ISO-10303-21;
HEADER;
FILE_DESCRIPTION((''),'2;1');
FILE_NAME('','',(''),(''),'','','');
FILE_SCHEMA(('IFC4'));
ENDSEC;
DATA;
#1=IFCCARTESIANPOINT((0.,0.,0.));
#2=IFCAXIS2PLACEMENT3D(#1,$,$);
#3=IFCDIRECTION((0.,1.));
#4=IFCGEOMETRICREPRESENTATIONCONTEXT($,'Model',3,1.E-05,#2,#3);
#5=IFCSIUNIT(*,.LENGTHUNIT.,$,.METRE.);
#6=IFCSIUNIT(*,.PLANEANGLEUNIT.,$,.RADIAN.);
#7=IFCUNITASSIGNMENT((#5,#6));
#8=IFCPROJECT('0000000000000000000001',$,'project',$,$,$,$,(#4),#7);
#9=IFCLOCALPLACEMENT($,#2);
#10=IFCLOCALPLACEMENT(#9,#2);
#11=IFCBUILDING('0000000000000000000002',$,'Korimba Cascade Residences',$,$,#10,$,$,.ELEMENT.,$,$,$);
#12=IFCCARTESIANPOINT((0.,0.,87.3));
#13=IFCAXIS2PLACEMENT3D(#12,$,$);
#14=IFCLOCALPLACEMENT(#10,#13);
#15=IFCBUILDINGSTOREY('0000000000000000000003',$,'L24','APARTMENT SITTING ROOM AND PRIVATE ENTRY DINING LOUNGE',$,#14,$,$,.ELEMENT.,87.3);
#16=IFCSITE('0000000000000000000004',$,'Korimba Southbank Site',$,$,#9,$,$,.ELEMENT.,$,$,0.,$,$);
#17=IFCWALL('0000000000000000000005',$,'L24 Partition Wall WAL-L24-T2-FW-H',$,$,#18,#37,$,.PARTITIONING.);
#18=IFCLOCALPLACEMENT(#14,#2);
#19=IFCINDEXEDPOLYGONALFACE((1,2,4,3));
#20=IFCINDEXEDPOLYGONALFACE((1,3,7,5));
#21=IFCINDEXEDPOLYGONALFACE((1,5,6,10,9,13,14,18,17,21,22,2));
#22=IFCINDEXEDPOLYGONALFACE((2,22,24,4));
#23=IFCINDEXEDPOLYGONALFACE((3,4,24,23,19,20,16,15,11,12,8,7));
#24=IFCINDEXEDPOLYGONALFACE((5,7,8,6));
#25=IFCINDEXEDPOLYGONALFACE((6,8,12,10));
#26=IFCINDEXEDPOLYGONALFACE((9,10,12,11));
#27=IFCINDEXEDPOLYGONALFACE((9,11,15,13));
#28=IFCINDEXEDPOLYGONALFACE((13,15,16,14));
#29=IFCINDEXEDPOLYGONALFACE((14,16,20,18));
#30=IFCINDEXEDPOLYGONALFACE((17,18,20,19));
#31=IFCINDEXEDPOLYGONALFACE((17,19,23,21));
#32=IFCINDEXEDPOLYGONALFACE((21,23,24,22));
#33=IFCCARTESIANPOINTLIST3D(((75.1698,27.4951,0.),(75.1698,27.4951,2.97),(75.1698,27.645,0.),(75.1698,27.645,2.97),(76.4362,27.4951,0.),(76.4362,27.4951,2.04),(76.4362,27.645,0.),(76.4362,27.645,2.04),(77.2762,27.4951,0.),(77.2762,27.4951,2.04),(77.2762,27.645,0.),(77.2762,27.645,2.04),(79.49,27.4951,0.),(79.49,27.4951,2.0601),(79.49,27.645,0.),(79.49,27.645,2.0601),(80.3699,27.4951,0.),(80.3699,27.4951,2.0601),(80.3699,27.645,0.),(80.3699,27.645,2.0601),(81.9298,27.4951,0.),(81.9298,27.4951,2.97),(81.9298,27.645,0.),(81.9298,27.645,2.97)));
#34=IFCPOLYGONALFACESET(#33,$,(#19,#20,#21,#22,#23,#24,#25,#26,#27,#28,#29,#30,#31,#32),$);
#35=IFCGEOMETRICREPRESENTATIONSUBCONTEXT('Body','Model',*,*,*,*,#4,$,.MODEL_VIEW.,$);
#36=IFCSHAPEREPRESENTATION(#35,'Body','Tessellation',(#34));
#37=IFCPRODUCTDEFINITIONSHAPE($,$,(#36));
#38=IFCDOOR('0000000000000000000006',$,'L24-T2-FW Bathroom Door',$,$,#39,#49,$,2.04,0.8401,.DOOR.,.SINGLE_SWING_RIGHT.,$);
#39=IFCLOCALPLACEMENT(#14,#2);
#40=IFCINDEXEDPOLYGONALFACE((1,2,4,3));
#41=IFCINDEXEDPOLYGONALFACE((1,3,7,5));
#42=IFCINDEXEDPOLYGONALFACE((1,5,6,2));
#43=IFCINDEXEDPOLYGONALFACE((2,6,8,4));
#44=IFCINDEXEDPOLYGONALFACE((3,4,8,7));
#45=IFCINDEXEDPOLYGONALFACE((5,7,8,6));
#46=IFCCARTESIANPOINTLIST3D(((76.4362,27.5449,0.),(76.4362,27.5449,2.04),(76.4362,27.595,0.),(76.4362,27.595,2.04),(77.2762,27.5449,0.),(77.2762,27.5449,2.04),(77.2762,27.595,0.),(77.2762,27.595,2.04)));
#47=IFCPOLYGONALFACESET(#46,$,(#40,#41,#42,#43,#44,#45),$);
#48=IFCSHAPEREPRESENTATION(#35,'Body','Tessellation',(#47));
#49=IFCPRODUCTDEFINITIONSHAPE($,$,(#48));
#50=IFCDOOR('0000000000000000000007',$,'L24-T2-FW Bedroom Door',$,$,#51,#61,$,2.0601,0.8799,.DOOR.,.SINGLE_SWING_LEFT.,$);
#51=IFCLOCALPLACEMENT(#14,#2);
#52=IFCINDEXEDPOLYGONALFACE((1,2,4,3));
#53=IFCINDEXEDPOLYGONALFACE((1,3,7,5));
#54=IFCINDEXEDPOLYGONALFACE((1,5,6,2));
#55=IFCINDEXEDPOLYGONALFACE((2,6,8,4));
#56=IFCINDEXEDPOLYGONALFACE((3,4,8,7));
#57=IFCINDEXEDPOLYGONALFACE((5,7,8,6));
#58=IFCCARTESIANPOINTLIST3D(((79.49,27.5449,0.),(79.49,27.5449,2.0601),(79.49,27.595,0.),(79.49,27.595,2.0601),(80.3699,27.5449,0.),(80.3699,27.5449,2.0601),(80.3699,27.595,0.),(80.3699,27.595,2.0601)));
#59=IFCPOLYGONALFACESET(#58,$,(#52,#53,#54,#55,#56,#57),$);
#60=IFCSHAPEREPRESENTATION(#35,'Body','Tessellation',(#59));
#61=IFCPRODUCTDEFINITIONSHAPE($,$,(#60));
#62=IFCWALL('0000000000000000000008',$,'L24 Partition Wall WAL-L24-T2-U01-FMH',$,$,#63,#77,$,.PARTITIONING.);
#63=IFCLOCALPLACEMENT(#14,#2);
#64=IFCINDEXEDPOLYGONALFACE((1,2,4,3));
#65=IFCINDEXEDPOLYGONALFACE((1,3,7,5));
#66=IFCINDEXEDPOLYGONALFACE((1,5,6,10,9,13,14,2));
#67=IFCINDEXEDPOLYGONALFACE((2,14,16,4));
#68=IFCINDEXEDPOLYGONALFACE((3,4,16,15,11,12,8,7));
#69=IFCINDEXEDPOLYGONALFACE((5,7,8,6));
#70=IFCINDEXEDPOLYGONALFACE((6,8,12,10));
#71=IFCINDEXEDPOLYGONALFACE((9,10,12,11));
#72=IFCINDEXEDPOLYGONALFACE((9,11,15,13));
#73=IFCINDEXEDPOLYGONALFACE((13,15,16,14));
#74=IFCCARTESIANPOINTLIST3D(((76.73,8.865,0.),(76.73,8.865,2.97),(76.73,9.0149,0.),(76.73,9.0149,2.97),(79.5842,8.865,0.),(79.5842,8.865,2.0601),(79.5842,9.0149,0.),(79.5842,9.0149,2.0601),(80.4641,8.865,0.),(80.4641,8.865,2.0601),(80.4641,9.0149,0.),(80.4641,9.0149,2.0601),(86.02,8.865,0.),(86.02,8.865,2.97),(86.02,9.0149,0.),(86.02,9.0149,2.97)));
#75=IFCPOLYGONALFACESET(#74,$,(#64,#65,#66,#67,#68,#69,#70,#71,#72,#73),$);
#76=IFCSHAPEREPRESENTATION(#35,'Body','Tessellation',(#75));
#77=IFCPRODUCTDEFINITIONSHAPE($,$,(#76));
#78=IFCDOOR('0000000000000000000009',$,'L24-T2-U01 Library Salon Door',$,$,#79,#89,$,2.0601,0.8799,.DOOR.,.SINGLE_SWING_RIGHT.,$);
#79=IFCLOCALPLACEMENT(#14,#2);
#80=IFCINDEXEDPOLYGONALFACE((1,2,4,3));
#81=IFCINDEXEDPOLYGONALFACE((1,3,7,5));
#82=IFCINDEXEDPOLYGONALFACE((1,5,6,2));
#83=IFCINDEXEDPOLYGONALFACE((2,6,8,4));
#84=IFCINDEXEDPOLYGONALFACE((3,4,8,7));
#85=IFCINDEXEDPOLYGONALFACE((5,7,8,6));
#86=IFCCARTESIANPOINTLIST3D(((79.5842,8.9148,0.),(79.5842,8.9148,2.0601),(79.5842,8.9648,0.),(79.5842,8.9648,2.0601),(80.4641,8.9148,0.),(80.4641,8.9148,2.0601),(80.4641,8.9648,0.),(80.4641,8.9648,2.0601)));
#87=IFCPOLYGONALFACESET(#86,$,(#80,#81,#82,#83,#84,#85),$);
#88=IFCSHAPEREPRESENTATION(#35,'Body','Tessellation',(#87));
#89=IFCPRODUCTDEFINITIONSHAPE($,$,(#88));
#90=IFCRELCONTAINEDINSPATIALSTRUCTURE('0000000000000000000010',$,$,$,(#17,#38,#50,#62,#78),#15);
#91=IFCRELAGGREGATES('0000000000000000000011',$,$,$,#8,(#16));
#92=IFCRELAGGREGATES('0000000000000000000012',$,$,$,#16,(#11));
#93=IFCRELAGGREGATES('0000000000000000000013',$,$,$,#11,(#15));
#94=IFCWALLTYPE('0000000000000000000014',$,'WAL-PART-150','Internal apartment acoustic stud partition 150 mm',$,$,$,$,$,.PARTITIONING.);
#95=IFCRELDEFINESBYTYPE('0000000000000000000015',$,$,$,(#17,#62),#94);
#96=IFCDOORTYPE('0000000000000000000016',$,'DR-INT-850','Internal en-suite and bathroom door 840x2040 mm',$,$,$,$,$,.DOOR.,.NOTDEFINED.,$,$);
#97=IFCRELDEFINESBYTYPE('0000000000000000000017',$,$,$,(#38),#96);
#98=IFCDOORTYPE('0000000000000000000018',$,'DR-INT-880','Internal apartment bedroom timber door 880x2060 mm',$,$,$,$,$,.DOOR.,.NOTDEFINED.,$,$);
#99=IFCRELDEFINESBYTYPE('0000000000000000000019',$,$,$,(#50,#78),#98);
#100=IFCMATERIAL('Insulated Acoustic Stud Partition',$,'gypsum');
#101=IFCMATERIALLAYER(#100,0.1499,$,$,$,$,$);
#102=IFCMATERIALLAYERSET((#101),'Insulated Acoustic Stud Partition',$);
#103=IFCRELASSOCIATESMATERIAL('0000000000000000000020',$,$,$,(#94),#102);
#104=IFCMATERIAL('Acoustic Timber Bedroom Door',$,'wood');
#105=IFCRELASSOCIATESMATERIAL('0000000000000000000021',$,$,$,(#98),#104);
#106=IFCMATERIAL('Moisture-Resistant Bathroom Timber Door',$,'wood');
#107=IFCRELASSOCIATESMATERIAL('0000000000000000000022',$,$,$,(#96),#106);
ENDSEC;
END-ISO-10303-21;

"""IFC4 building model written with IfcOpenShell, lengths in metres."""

from ifc_helpers import new_model, si_unit, direction, frame, frame_2d, origin, place, context, subcontext, project, spatial, rectangle, extrude, material, layer, layer_set, type_object, element, fill, save


model = new_model("IFC4")

# Units and contexts
model_context = context("Model", 3, precision=1e-05, world=origin(), true_north=direction((0.0, 1.0)))
body_context = subcontext(model_context, "Body", "Model", "MODEL_VIEW")
ifc_project = project(units=[si_unit("LENGTHUNIT", "METRE"), si_unit("PLANEANGLEUNIT", "RADIAN")], contexts=[model_context])

# Site, building, storey
site_placement = place(None, origin())
site = spatial("IfcSite", under=ifc_project, at=site_placement, Name="Korimba Southbank Site", CompositionType="ELEMENT", RefElevation=0.0)
building_placement = place(site_placement, origin())
building = spatial("IfcBuilding", under=site, at=building_placement, Name="Korimba Cascade Residences", CompositionType="ELEMENT")
storey_placement = place(building_placement, frame((0.0, 0.0, 87.3)))
storey = spatial("IfcBuildingStorey", under=building, at=storey_placement, Name="L24", Description="APARTMENT SITTING ROOM AND PRIVATE ENTRY DINING LOUNGE", CompositionType="ELEMENT", Elevation=87.3)

# Shared definitions
ifc_material_1 = material(Name="Insulated Acoustic Stud Partition", Category="gypsum")
ifc_layer_1 = layer(ifc_material_1, 0.1499)
ifc_layer_set_1 = layer_set([ifc_layer_1], Name="Insulated Acoustic Stud Partition")
wall_type_1 = type_object("IfcWallType", Name="WAL-PART-150", Description="Internal apartment acoustic stud partition 150 mm", PredefinedType="PARTITIONING", material=ifc_layer_set_1)
ifc_material_2 = material(Name="Acoustic Timber Bedroom Door", Category="wood")
door_type_1 = type_object("IfcDoorType", Name="DR-INT-880", Description="Internal apartment bedroom timber door 880x2060 mm", OperationType="NOTDEFINED", PredefinedType="DOOR", material=ifc_material_2)

# Wall, openings, doors
wall_1_placement = place(storey_placement, frame((75.1699, 27.5701, 0.0), z_axis=(0.0, 0.0, 1.0), x_axis=(1.0, 0.0, 0.0)))
wall_1 = element("IfcWall", 1, at=wall_1_placement, inside=storey, type_object=wall_type_1, Name="L24 Partition Wall WAL-L24-T2-FW-H", PredefinedType="PARTITIONING", context=body_context, shape_type="SweptSolid", body=[
    extrude(rectangle(XDim=6.76, YDim=0.1499, at=frame_2d((3.3799, 0.0))), origin(), (0.0, 0.0, 1.0), 2.97),
])
opening_1_placement = place(wall_1_placement, frame((1.2664, 0.0, 0.0)))
opening_1 = element("IfcOpeningElement", 2, at=opening_1_placement, cuts=wall_1, PredefinedType="OPENING", context=body_context, shape_type="SweptSolid", body=[
    extrude(rectangle(XDim=0.8401, YDim=2.04, at=frame_2d((0.4199, 1.02))), frame((0.0, 0.085, 0.0), z_axis=(0.0, -1.0, 0.0), x_axis=(1.0, 0.0, 0.0)), (0.0, 0.0, 1.0), 0.1699),
])
opening_2_placement = place(wall_1_placement, frame((4.3201, 0.0, 0.0)))
opening_2 = element("IfcOpeningElement", 3, at=opening_2_placement, cuts=wall_1, PredefinedType="OPENING", context=body_context, shape_type="SweptSolid", body=[
    extrude(rectangle(XDim=0.8799, YDim=2.0601, at=frame_2d((0.4399, 1.03))), frame((0.0, 0.085, 0.0), z_axis=(0.0, -1.0, 0.0), x_axis=(1.0, 0.0, 0.0)), (0.0, 0.0, 1.0), 0.1699),
])
ifc_material_3 = material(Name="Moisture-Resistant Bathroom Timber Door", Category="wood")
door_type_2 = type_object("IfcDoorType", Name="DR-INT-850", Description="Internal en-suite and bathroom door 840x2040 mm", OperationType="NOTDEFINED", PredefinedType="DOOR", material=ifc_material_3)
door_1_placement = place(opening_1_placement, origin())
door_1 = element("IfcDoor", 4, at=door_1_placement, inside=storey, type_object=door_type_2, Name="L24-T2-FW Bathroom Door", OperationType="SINGLE_SWING_RIGHT", OverallHeight=2.04, OverallWidth=0.8401, PredefinedType="DOOR", context=body_context, shape_type="SweptSolid", body=[
    extrude(rectangle(XDim=0.8401, YDim=2.04, at=frame_2d((0.4199, 1.02))), frame((0.0, 0.0249, 0.0), z_axis=(0.0, -1.0, 0.0), x_axis=(1.0, 0.0, 0.0)), (0.0, 0.0, 1.0), 0.05),
])
fill(opening_1, door_1)
door_2_placement = place(opening_2_placement, origin())
door_2 = element("IfcDoor", 5, at=door_2_placement, inside=storey, type_object=door_type_1, Name="L24-T2-FW Bedroom Door", OperationType="SINGLE_SWING_LEFT", OverallHeight=2.0601, OverallWidth=0.8799, PredefinedType="DOOR", context=body_context, shape_type="SweptSolid", body=[
    extrude(rectangle(XDim=0.8799, YDim=2.0601, at=frame_2d((0.4399, 1.03))), frame((0.0, 0.0249, 0.0), z_axis=(0.0, -1.0, 0.0), x_axis=(1.0, 0.0, 0.0)), (0.0, 0.0, 1.0), 0.05),
])
fill(opening_2, door_2)

# Wall, opening, door
wall_2_placement = place(storey_placement, frame((76.73, 8.9399, 0.0), z_axis=(0.0, 0.0, 1.0), x_axis=(1.0, 0.0, 0.0)))
wall_2 = element("IfcWall", 6, at=wall_2_placement, inside=storey, type_object=wall_type_1, Name="L24 Partition Wall WAL-L24-T2-U01-FMH", PredefinedType="PARTITIONING", context=body_context, shape_type="SweptSolid", body=[
    extrude(rectangle(XDim=9.29, YDim=0.1499, at=frame_2d((4.645, 0.0))), origin(), (0.0, 0.0, 1.0), 2.97),
])
opening_3_placement = place(wall_2_placement, frame((2.8542, 0.0, 0.0)))
opening_3 = element("IfcOpeningElement", 7, at=opening_3_placement, cuts=wall_2, PredefinedType="OPENING", context=body_context, shape_type="SweptSolid", body=[
    extrude(rectangle(XDim=0.8799, YDim=2.0601, at=frame_2d((0.4399, 1.03))), frame((0.0, 0.085, 0.0), z_axis=(0.0, -1.0, 0.0), x_axis=(1.0, 0.0, 0.0)), (0.0, 0.0, 1.0), 0.1699),
])
door_3_placement = place(opening_3_placement, origin())
door_3 = element("IfcDoor", 8, at=door_3_placement, inside=storey, type_object=door_type_1, Name="L24-T2-U01 Library Salon Door", OperationType="SINGLE_SWING_RIGHT", OverallHeight=2.0601, OverallWidth=0.8799, PredefinedType="DOOR", context=body_context, shape_type="SweptSolid", body=[
    extrude(rectangle(XDim=0.8799, YDim=2.0601, at=frame_2d((0.4399, 1.03))), frame((0.0, 0.0249, 0.0), z_axis=(0.0, -1.0, 0.0), x_axis=(1.0, 0.0, 0.0)), (0.0, 0.0, 1.0), 0.05),
])
fill(opening_3, door_3)

save(model, "model.ifc")
